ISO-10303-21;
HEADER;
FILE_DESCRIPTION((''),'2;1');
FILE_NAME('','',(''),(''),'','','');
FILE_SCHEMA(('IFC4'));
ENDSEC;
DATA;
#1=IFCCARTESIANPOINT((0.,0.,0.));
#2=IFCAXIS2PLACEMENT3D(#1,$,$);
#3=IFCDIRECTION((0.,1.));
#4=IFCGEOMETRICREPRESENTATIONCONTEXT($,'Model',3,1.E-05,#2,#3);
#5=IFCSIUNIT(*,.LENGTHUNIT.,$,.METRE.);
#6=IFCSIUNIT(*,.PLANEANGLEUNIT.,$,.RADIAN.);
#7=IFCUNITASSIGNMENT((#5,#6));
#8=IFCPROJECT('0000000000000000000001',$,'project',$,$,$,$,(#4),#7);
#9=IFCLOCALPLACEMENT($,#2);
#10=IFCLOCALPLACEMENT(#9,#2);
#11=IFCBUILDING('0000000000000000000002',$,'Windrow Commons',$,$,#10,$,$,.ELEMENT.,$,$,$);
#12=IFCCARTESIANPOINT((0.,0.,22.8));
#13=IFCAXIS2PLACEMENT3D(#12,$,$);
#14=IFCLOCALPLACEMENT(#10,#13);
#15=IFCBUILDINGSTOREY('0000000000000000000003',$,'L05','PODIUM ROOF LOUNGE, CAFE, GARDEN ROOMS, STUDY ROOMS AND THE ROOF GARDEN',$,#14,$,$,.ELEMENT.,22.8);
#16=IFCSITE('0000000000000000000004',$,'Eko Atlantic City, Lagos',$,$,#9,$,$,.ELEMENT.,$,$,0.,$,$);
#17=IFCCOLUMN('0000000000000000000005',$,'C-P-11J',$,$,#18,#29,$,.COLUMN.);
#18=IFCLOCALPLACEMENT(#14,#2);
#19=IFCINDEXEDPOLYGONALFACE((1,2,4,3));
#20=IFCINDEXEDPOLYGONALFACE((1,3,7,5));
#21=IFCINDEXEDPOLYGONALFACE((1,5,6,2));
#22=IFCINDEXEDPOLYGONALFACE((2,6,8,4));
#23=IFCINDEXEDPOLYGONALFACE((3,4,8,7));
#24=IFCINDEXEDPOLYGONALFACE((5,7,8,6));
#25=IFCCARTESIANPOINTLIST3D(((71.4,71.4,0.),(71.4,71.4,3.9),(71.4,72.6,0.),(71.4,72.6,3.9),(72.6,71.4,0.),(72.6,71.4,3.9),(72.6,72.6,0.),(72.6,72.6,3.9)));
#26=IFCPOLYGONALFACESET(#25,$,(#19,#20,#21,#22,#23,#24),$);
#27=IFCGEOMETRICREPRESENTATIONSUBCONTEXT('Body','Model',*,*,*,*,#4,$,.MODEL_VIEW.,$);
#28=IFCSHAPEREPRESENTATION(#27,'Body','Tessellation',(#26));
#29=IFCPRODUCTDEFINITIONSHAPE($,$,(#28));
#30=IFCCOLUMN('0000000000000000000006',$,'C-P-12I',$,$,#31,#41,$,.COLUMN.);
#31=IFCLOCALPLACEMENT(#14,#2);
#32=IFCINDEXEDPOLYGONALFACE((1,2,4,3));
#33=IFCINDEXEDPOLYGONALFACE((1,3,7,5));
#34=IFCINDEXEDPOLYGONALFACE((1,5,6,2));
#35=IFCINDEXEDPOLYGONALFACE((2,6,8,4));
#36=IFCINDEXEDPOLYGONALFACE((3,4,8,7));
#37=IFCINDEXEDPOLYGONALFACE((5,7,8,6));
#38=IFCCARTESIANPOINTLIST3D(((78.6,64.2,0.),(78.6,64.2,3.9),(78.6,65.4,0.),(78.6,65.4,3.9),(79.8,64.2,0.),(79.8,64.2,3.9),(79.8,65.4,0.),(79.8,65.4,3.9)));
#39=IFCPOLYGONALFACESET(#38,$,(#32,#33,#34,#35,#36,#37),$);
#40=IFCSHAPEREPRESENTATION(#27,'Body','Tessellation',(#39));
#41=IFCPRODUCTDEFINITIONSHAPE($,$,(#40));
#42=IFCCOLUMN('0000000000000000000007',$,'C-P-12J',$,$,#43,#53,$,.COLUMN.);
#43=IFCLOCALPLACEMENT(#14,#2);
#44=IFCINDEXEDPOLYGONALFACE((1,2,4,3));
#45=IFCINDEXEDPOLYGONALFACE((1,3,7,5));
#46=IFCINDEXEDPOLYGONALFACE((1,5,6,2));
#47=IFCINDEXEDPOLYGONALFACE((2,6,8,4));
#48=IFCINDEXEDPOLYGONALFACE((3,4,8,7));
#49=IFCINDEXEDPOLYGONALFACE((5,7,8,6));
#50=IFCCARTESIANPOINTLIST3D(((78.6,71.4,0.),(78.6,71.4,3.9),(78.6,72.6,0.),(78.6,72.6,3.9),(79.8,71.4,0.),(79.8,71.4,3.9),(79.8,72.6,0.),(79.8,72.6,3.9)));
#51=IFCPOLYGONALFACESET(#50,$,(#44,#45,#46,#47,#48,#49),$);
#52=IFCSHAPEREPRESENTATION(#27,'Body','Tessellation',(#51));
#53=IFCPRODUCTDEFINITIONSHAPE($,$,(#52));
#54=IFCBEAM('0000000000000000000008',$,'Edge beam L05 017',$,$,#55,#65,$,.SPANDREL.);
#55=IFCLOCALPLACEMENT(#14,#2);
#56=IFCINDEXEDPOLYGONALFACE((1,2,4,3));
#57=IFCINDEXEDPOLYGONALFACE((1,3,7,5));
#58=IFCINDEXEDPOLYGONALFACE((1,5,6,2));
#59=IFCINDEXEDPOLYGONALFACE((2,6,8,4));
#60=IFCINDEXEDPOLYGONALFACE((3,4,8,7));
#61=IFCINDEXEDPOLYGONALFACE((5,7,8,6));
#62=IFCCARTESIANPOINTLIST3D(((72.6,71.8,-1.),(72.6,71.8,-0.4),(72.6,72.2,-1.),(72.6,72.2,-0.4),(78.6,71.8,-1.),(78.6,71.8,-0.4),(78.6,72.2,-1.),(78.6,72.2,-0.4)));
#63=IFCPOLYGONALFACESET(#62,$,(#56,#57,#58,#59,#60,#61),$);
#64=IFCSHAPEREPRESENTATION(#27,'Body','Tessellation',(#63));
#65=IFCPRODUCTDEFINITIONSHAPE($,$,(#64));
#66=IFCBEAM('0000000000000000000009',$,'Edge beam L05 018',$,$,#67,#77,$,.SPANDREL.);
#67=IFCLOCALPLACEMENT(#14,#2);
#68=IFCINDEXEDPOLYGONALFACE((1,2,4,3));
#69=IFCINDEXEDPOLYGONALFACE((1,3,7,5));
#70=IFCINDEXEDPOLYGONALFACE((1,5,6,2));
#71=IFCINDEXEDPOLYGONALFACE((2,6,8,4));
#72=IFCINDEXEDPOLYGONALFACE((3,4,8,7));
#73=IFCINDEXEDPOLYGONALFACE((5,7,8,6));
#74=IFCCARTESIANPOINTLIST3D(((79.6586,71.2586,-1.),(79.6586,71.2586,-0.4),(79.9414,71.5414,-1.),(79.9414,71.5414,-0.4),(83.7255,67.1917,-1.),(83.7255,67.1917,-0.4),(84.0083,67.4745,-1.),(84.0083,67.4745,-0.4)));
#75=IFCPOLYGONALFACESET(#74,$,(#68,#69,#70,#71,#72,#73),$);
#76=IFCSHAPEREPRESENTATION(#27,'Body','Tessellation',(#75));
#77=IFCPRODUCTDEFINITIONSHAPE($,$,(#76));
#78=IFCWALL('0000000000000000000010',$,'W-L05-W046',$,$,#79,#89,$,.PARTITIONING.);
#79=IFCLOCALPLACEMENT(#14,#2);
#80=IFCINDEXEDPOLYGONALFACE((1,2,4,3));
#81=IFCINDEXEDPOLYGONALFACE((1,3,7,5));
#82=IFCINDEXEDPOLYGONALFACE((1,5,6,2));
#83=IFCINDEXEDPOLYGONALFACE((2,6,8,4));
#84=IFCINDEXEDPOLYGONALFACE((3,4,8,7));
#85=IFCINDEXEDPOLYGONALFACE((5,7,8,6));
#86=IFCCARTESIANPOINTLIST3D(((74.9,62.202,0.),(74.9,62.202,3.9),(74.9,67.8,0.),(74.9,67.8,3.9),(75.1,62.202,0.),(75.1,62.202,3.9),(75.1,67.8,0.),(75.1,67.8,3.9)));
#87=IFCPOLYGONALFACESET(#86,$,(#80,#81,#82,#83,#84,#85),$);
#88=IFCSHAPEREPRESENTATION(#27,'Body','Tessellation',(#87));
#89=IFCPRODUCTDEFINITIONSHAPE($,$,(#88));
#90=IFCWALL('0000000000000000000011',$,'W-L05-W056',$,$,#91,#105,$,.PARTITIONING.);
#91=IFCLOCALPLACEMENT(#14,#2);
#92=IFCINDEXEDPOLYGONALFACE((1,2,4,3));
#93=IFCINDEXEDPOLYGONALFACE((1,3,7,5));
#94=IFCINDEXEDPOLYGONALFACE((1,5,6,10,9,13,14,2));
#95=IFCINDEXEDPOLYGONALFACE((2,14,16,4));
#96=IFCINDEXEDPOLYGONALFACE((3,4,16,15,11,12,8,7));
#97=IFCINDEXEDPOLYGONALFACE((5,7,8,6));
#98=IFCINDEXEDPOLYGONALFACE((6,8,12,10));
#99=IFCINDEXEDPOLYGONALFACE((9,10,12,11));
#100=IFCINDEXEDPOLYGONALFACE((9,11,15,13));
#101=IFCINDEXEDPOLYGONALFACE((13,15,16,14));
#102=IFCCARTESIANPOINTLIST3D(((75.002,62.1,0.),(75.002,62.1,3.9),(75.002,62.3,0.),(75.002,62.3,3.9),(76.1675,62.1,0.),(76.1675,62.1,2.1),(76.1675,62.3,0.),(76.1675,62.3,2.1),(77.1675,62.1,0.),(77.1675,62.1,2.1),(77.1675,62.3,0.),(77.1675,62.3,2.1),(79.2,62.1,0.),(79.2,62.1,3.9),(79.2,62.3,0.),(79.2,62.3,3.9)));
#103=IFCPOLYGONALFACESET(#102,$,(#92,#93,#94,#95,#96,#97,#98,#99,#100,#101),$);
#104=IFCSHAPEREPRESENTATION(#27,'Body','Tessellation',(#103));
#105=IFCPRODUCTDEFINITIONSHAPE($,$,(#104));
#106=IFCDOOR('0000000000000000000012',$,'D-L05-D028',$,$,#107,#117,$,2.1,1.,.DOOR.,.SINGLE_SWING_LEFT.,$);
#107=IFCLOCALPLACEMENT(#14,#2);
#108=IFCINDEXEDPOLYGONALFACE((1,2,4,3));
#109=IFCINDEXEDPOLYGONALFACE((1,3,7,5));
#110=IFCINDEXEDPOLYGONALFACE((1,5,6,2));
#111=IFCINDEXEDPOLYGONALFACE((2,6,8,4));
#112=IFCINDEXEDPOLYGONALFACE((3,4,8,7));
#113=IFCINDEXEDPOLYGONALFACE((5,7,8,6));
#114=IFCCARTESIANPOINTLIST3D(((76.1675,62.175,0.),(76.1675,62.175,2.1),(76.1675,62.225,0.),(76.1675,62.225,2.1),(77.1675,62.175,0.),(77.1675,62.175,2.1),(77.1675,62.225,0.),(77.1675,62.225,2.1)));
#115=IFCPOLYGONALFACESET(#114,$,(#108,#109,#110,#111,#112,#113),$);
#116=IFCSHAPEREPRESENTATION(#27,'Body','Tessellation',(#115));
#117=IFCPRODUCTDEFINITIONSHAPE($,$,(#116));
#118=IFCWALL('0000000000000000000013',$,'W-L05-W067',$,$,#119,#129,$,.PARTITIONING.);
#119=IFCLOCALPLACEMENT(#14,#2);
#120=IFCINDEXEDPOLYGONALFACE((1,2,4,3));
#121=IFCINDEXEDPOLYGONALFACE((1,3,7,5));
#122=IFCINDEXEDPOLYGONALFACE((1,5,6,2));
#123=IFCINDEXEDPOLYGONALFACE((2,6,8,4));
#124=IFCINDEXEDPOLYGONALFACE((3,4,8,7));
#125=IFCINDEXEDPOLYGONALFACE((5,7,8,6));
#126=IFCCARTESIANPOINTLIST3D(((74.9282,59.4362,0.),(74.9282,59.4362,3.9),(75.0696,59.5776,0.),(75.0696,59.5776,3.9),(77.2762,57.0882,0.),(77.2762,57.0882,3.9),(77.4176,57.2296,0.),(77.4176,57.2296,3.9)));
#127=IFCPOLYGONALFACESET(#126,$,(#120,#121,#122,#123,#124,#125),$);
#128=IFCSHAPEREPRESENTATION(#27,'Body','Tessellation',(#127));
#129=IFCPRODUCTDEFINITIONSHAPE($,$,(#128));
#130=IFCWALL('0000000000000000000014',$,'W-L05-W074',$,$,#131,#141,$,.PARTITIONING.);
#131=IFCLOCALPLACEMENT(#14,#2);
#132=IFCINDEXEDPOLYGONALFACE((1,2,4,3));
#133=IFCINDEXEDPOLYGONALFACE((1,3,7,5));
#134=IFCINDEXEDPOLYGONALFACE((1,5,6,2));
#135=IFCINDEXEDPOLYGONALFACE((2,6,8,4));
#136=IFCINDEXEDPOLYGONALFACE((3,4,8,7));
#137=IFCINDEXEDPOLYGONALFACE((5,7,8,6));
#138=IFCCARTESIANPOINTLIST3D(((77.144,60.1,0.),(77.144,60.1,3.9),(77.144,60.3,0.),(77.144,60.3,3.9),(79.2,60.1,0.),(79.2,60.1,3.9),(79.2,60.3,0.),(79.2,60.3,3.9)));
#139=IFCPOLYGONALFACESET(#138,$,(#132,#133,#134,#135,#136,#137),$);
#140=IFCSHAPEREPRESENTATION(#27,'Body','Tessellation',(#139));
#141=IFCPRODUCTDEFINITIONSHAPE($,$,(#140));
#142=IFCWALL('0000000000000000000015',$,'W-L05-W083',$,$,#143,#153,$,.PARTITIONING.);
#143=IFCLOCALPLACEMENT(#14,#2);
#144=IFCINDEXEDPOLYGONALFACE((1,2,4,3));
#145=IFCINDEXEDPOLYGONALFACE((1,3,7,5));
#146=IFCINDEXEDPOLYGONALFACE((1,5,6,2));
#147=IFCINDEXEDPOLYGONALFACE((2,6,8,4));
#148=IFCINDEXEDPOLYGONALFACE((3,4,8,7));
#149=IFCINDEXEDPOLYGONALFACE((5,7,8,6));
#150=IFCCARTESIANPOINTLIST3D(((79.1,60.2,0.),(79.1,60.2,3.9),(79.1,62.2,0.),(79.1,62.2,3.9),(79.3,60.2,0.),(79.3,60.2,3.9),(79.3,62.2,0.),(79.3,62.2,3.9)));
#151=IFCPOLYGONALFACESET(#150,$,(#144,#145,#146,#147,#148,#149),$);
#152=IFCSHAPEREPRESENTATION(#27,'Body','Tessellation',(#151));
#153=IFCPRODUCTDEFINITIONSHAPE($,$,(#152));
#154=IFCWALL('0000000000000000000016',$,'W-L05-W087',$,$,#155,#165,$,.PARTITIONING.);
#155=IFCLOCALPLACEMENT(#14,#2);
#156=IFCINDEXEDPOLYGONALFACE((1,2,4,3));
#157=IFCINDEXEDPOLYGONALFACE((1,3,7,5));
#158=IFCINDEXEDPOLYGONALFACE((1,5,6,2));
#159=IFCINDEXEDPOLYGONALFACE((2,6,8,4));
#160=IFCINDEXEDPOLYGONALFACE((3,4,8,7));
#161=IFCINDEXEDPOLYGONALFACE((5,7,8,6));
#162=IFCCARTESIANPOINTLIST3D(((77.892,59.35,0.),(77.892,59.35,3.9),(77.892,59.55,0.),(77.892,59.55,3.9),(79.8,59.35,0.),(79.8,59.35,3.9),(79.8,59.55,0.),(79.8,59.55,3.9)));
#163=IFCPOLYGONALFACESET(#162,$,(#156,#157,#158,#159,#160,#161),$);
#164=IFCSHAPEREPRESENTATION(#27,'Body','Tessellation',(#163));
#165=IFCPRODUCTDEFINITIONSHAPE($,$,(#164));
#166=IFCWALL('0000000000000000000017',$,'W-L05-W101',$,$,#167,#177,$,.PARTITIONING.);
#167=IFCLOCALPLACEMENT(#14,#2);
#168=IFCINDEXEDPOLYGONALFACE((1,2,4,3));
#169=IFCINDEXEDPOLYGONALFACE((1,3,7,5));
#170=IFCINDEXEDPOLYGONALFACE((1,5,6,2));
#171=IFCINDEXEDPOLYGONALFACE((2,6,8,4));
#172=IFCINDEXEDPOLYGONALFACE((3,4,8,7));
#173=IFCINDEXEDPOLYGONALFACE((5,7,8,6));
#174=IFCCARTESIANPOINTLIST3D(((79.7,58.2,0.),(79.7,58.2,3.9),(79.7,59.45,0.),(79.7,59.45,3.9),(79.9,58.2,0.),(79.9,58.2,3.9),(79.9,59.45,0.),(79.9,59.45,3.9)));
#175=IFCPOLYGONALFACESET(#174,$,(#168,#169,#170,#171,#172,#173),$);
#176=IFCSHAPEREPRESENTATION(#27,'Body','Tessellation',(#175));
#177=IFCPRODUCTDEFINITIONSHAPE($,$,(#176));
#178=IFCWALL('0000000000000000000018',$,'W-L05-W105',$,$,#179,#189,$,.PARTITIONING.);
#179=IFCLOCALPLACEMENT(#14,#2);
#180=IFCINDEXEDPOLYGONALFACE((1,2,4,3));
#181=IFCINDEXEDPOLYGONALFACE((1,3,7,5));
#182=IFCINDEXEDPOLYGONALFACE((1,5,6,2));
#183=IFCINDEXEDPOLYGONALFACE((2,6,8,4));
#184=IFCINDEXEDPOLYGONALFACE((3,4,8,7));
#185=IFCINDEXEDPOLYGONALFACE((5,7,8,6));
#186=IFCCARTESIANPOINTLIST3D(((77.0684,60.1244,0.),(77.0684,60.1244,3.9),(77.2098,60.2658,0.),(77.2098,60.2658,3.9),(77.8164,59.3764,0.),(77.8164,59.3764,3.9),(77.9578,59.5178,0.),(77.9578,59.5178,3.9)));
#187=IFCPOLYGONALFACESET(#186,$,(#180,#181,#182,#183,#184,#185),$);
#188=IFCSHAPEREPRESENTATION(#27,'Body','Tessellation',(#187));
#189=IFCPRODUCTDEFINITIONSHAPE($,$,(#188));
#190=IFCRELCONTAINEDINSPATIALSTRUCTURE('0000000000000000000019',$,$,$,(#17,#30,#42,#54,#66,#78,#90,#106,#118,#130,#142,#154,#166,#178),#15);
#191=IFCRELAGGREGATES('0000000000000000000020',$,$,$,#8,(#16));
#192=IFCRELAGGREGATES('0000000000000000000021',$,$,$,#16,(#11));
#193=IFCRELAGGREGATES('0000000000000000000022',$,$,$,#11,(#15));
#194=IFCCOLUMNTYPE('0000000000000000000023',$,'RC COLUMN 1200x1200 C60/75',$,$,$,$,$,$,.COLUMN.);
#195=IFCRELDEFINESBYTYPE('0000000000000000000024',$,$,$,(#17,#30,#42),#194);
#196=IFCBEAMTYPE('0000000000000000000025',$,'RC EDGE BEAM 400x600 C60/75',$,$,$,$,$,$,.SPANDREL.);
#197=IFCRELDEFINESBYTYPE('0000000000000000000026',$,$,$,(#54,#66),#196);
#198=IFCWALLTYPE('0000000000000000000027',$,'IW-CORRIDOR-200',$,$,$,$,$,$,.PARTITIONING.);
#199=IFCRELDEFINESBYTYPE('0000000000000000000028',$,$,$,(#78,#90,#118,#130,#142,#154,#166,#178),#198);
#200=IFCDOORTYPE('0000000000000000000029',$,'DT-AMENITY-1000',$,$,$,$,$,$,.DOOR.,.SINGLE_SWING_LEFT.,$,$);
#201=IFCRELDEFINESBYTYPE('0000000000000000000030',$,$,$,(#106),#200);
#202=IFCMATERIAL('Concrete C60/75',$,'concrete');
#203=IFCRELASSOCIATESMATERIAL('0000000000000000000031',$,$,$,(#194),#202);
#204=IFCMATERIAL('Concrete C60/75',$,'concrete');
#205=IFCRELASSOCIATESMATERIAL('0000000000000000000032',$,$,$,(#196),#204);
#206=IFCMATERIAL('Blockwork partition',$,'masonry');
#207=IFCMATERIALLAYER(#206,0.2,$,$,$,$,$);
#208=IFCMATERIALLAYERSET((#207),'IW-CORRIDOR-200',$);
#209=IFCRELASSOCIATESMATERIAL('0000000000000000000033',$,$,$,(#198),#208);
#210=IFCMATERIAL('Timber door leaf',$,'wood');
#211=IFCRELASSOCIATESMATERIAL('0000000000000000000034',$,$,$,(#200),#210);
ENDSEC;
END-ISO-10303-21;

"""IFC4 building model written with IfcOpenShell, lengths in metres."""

from ifc_helpers import new_model, si_unit, direction, frame, frame_2d, origin, origin_2d, place, context, subcontext, project, spatial, rectangle, extrude, material, layer, layer_set, material_profile, profile_set, type_object, element, fill, save


model = new_model("IFC4")

# Units and contexts
model_context = context("Model", 3, precision=1e-05, world=origin(), true_north=direction((0.0, 1.0)))
body_context = subcontext(model_context, "Body", "Model", "MODEL_VIEW")
ifc_project = project(units=[si_unit("LENGTHUNIT", "METRE"), si_unit("PLANEANGLEUNIT", "RADIAN")], contexts=[model_context])

# Site, building, storey
site_placement = place(None, origin())
site = spatial("IfcSite", under=ifc_project, at=site_placement, Name="Eko Atlantic City, Lagos", CompositionType="ELEMENT", RefElevation=0.0)
building_placement = place(site_placement, origin())
building = spatial("IfcBuilding", under=site, at=building_placement, Name="Windrow Commons", CompositionType="ELEMENT")
storey_placement = place(building_placement, frame((0.0, 0.0, 22.8)))
storey = spatial("IfcBuildingStorey", under=building, at=storey_placement, Name="L05", Description="PODIUM ROOF LOUNGE, CAFE, GARDEN ROOMS, STUDY ROOMS AND THE ROOF GARDEN", CompositionType="ELEMENT", Elevation=22.8)

# Columns
ifc_material_1 = material(Name="Concrete C60/75", Category="concrete")
ifc_material_profile_1 = material_profile(ifc_material_1, rectangle(XDim=1.2, YDim=1.2, at=origin_2d()))
ifc_profile_set_1 = profile_set([ifc_material_profile_1], Name="Concrete C60/75")
column_type = type_object("IfcColumnType", Name="RC COLUMN 1200x1200 C60/75", PredefinedType="COLUMN", material=ifc_profile_set_1)
for number, where, z_axis, x_axis, name in (
    (1, (72.0, 72.0, 0.0), (0.0, 0.0, 1.0), (1.0, 0.0, 0.0), "C-P-11J"),
    (2, (79.2, 64.8, 0.0), (0.0, 0.0, 1.0), (1.0, 0.0, 0.0), "C-P-12I"),
    (3, (79.2, 72.0, 0.0), (0.0, 0.0, 1.0), (1.0, 0.0, 0.0), "C-P-12J"),
):
    element("IfcColumn", number, at=place(storey_placement, frame(where, z_axis=z_axis, x_axis=x_axis)), inside=storey, type_object=column_type, Name=name, PredefinedType="COLUMN", context=body_context, shape_type="SweptSolid", body=[
        extrude(rectangle(XDim=1.2, YDim=1.2, at=origin_2d()), origin(), (0.0, 0.0, 1.0), 3.9),
    ])

# Beams
ifc_material_2 = material(Name="Concrete C60/75", Category="concrete")
ifc_material_profile_2 = material_profile(ifc_material_2, rectangle(XDim=0.4, YDim=0.6, at=origin_2d()))
ifc_profile_set_2 = profile_set([ifc_material_profile_2], Name="Concrete C60/75")
beam_type = type_object("IfcBeamType", Name="RC EDGE BEAM 400x600 C60/75", PredefinedType="SPANDREL", material=ifc_profile_set_2)
beam_1_placement = place(storey_placement, frame((72.6, 72.0, -0.7), z_axis=(1.0, 0.0, 0.0), x_axis=(0.0, 1.0, 0.0)))
element("IfcBeam", 4, at=beam_1_placement, inside=storey, type_object=beam_type, Name="Edge beam L05 017", PredefinedType="SPANDREL", context=body_context, shape_type="SweptSolid", body=[
    extrude(rectangle(XDim=0.4, YDim=0.6, at=origin_2d()), origin(), (0.0, 0.0, 1.0), 6.0),
])
beam_2_placement = place(storey_placement, frame((79.8, 71.4, -0.7), z_axis=(0.707107, -0.707107, 0.0), x_axis=(0.707107, 0.707107, 0.0)))
element("IfcBeam", 5, at=beam_2_placement, inside=storey, type_object=beam_type, Name="Edge beam L05 018", PredefinedType="SPANDREL", context=body_context, shape_type="SweptSolid", body=[
    extrude(rectangle(XDim=0.4, YDim=0.6, at=origin_2d()), origin(), (0.0, 0.0, 1.0), 5.7515),
])

# Wall
ifc_material_3 = material(Name="Blockwork partition", Category="masonry")
ifc_layer_1 = layer(ifc_material_3, 0.2)
ifc_layer_set_1 = layer_set([ifc_layer_1], Name="IW-CORRIDOR-200")
wall_type_1 = type_object("IfcWallType", Name="IW-CORRIDOR-200", PredefinedType="PARTITIONING", material=ifc_layer_set_1)
wall_1_placement = place(storey_placement, frame((75.0, 62.202, 0.0), z_axis=(0.0, 0.0, 1.0), x_axis=(0.0, 1.0, 0.0)))
element("IfcWall", 6, at=wall_1_placement, inside=storey, type_object=wall_type_1, Name="W-L05-W046", PredefinedType="PARTITIONING", context=body_context, shape_type="SweptSolid", body=[
    extrude(rectangle(XDim=5.598, YDim=0.2, at=frame_2d((2.799, 0.0))), origin(), (0.0, 0.0, 1.0), 3.9),
])

# Wall, opening, door
wall_2_placement = place(storey_placement, frame((75.002, 62.2, 0.0), z_axis=(0.0, 0.0, 1.0), x_axis=(1.0, 0.0, 0.0)))
wall_2 = element("IfcWall", 7, at=wall_2_placement, inside=storey, type_object=wall_type_1, Name="W-L05-W056", PredefinedType="PARTITIONING", context=body_context, shape_type="SweptSolid", body=[
    extrude(rectangle(XDim=4.198, YDim=0.2, at=frame_2d((2.099, 0.0))), origin(), (0.0, 0.0, 1.0), 3.9),
])
opening_placement = place(wall_2_placement, frame((1.1655, 0.0, 0.0)))
opening = element("IfcOpeningElement", 8, at=opening_placement, cuts=wall_2, PredefinedType="OPENING", context=body_context, shape_type="SweptSolid", body=[
    extrude(rectangle(XDim=1.0, YDim=2.1, at=frame_2d((0.5, 1.05))), frame((0.0, 0.11, 0.0), z_axis=(0.0, -1.0, 0.0), x_axis=(1.0, 0.0, 0.0)), (0.0, 0.0, 1.0), 0.22),
])
ifc_material_4 = material(Name="Timber door leaf", Category="wood")
door_type = type_object("IfcDoorType", Name="DT-AMENITY-1000", OperationType="SINGLE_SWING_LEFT", PredefinedType="DOOR", material=ifc_material_4)
door_placement = place(opening_placement, origin())
door = element("IfcDoor", 9, at=door_placement, inside=storey, type_object=door_type, Name="D-L05-D028", OperationType="SINGLE_SWING_LEFT", OverallHeight=2.1, OverallWidth=1.0, PredefinedType="DOOR", context=body_context, shape_type="SweptSolid", body=[
    extrude(rectangle(XDim=1.0, YDim=2.1, at=frame_2d((0.5, 1.05))), frame((0.0, 0.025, 0.0), z_axis=(0.0, -1.0, 0.0), x_axis=(1.0, 0.0, 0.0)), (0.0, 0.0, 1.0), 0.05),
])
fill(opening, door)

# Walls
wall_3_placement = place(storey_placement, frame((74.9989, 59.5069, 0.0), z_axis=(0.0, 0.0, 1.0), x_axis=(0.707107, -0.707107, 0.0)))
element("IfcWall", 10, at=wall_3_placement, inside=storey, type_object=wall_type_1, Name="W-L05-W067", PredefinedType="PARTITIONING", context=body_context, shape_type="SweptSolid", body=[
    extrude(rectangle(XDim=3.3206, YDim=0.2, at=frame_2d((1.6603, 0.0))), origin(), (0.0, 0.0, 1.0), 3.9),
])
wall_4_placement = place(storey_placement, frame((77.144, 60.2, 0.0), z_axis=(0.0, 0.0, 1.0), x_axis=(1.0, 0.0, 0.0)))
element("IfcWall", 11, at=wall_4_placement, inside=storey, type_object=wall_type_1, Name="W-L05-W074", PredefinedType="PARTITIONING", context=body_context, shape_type="SweptSolid", body=[
    extrude(rectangle(XDim=2.056, YDim=0.2, at=frame_2d((1.028, 0.0))), origin(), (0.0, 0.0, 1.0), 3.9),
])
wall_5_placement = place(storey_placement, frame((79.2, 60.2, 0.0), z_axis=(0.0, 0.0, 1.0), x_axis=(0.0, 1.0, 0.0)))
element("IfcWall", 12, at=wall_5_placement, inside=storey, type_object=wall_type_1, Name="W-L05-W083", PredefinedType="PARTITIONING", context=body_context, shape_type="SweptSolid", body=[
    extrude(rectangle(XDim=2.0, YDim=0.2, at=frame_2d((1.0, 0.0))), origin(), (0.0, 0.0, 1.0), 3.9),
])
wall_6_placement = place(storey_placement, frame((77.892, 59.45, 0.0), z_axis=(0.0, 0.0, 1.0), x_axis=(1.0, 0.0, 0.0)))
element("IfcWall", 13, at=wall_6_placement, inside=storey, type_object=wall_type_1, Name="W-L05-W087", PredefinedType="PARTITIONING", context=body_context, shape_type="SweptSolid", body=[
    extrude(rectangle(XDim=1.908, YDim=0.2, at=frame_2d((0.954, 0.0))), origin(), (0.0, 0.0, 1.0), 3.9),
])
wall_7_placement = place(storey_placement, frame((79.8, 58.2, 0.0), z_axis=(0.0, 0.0, 1.0), x_axis=(0.0, 1.0, 0.0)))
element("IfcWall", 14, at=wall_7_placement, inside=storey, type_object=wall_type_1, Name="W-L05-W101", PredefinedType="PARTITIONING", context=body_context, shape_type="SweptSolid", body=[
    extrude(rectangle(XDim=1.25, YDim=0.2, at=frame_2d((0.625, 0.0))), origin(), (0.0, 0.0, 1.0), 3.9),
])
wall_8_placement = place(storey_placement, frame((77.1391, 60.1951, 0.0), z_axis=(0.0, 0.0, 1.0), x_axis=(0.707107, -0.707107, 0.0)))
element("IfcWall", 15, at=wall_8_placement, inside=storey, type_object=wall_type_1, Name="W-L05-W105", PredefinedType="PARTITIONING", context=body_context, shape_type="SweptSolid", body=[
    extrude(rectangle(XDim=1.0578, YDim=0.2, at=frame_2d((0.5289, 0.0))), origin(), (0.0, 0.0, 1.0), 3.9),
])

save(model, "model.ifc")
